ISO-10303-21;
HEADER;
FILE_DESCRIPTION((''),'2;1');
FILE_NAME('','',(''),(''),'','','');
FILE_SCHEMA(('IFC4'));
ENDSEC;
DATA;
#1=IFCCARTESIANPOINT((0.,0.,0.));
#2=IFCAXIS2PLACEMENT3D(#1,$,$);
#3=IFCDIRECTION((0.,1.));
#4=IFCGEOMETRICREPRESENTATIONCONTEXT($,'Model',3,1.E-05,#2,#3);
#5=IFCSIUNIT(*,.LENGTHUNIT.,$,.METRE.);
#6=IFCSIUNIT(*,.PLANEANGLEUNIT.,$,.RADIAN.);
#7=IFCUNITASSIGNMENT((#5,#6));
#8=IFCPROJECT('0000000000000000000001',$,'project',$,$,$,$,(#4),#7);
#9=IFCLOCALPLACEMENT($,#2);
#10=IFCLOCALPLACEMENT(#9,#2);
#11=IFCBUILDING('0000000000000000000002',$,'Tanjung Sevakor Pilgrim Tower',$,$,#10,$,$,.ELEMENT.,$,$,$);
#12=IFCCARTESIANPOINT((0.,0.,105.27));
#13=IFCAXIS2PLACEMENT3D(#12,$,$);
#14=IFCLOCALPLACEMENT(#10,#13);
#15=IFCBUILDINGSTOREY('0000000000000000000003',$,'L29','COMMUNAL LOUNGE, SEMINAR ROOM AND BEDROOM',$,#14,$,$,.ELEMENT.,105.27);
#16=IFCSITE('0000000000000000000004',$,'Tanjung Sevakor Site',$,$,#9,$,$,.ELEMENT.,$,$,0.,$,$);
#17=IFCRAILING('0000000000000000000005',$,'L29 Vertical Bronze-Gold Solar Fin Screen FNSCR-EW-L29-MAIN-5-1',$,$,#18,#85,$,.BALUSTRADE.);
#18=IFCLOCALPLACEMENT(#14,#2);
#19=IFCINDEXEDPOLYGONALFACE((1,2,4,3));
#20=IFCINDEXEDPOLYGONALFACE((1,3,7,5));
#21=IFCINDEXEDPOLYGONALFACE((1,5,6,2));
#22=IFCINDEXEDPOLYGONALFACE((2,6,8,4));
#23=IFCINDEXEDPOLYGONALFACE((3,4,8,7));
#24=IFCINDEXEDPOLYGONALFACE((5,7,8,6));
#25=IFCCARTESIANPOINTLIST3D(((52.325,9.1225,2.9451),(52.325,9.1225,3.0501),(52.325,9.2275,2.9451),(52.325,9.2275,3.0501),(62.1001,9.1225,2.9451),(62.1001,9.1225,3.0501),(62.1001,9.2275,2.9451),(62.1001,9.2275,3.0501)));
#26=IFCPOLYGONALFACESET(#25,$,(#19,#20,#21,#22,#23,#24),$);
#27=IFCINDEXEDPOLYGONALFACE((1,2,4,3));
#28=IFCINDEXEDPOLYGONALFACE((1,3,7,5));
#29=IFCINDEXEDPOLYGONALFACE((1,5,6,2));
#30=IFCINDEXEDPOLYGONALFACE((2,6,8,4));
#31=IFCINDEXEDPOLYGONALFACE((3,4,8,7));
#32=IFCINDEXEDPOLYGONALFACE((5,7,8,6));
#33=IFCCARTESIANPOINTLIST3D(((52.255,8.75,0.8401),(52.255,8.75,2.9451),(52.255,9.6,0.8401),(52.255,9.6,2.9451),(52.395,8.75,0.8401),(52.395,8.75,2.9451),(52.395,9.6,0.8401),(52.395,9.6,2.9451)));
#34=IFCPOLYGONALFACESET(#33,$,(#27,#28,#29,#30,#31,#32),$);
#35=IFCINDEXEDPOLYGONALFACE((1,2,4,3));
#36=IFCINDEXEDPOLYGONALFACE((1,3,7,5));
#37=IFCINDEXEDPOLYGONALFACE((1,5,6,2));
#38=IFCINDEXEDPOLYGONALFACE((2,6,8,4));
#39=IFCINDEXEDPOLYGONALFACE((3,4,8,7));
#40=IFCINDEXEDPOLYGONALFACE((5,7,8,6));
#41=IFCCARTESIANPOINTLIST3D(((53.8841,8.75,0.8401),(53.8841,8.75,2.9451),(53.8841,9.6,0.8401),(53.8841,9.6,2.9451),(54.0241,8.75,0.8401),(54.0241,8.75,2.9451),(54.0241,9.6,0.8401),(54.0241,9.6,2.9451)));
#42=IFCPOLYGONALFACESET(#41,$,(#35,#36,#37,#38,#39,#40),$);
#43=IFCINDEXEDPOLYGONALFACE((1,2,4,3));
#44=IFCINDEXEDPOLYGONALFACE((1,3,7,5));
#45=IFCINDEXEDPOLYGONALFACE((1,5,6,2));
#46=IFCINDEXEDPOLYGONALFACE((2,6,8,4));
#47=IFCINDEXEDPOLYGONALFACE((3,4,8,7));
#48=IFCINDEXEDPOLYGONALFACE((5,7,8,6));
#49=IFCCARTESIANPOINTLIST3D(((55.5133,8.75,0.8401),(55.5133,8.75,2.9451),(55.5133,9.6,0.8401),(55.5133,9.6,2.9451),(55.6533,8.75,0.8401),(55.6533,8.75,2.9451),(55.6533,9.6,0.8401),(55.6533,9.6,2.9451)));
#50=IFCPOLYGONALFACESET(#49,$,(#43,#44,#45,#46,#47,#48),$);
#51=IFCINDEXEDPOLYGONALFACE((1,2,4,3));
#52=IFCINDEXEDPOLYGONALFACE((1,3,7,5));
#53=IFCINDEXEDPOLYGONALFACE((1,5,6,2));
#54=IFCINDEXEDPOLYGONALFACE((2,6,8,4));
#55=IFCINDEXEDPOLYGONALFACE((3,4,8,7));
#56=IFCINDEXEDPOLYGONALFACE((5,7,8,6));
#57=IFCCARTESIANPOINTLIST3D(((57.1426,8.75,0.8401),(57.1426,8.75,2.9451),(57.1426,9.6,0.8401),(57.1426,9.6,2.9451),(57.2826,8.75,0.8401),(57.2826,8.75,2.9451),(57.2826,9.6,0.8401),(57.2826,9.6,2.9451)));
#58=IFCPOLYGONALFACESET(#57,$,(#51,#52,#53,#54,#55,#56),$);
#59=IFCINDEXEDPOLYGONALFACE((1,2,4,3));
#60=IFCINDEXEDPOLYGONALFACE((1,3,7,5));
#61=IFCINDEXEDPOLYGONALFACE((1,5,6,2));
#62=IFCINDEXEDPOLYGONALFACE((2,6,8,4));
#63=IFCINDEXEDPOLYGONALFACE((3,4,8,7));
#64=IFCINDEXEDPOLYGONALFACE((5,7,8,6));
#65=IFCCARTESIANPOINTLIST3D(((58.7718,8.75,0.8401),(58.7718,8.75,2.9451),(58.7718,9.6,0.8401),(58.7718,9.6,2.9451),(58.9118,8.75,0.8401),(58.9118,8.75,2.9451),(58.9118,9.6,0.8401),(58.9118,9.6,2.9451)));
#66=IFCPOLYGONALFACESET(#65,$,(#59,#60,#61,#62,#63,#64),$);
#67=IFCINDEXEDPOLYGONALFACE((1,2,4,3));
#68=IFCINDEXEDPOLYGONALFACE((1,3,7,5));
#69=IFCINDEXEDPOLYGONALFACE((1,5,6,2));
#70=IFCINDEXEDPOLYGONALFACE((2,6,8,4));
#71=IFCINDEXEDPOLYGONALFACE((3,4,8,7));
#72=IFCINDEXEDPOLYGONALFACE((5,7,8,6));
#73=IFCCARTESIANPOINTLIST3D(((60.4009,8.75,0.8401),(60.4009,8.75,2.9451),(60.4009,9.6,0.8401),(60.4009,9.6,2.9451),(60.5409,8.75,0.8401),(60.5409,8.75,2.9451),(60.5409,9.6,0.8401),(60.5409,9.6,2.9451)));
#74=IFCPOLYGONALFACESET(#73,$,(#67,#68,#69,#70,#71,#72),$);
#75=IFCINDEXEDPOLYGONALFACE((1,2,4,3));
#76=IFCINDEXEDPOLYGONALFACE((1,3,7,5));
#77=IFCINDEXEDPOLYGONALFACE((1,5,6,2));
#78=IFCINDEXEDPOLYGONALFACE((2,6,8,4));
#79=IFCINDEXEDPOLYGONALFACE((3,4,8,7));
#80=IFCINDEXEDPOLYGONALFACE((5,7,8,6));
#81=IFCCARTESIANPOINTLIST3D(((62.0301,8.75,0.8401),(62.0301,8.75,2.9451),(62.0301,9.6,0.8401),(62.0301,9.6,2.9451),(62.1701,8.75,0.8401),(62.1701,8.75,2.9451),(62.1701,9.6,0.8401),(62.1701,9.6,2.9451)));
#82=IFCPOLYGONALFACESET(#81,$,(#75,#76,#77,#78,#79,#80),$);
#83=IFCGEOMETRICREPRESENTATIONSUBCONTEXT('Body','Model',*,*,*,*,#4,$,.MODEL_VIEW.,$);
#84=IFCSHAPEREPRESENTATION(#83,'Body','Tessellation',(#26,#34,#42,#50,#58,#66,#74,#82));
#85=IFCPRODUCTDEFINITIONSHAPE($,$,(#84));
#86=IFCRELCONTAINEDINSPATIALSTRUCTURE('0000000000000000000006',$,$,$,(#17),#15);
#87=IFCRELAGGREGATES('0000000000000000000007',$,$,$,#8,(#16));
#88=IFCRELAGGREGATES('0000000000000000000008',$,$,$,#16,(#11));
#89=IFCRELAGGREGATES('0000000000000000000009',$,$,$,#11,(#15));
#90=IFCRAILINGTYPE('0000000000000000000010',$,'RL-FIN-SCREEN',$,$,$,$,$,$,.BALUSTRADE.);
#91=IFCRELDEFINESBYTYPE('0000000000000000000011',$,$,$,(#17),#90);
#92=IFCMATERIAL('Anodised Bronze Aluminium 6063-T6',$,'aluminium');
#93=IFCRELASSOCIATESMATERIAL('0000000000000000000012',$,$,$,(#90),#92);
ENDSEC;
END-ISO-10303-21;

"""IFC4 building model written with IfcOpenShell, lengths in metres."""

from ifc_helpers import new_model, si_unit, direction, frame, origin, place, context, subcontext, project, spatial, rectangle, extrude, material, type_object, element, save


model = new_model("IFC4")

# Units and contexts
model_context = context("Model", 3, precision=1e-05, world=origin(), true_north=direction((0.0, 1.0)))
body_context = subcontext(model_context, "Body", "Model", "MODEL_VIEW")
ifc_project = project(units=[si_unit("LENGTHUNIT", "METRE"), si_unit("PLANEANGLEUNIT", "RADIAN")], contexts=[model_context])

# Site, building, storey
site_placement = place(None, origin())
site = spatial("IfcSite", under=ifc_project, at=site_placement, Name="Tanjung Sevakor Site", CompositionType="ELEMENT", RefElevation=0.0)
building_placement = place(site_placement, origin())
building = spatial("IfcBuilding", under=site, at=building_placement, Name="Tanjung Sevakor Pilgrim Tower", CompositionType="ELEMENT")
storey_placement = place(building_placement, frame((0.0, 0.0, 105.27)))
storey = spatial("IfcBuildingStorey", under=building, at=storey_placement, Name="L29", Description="COMMUNAL LOUNGE, SEMINAR ROOM AND BEDROOM", CompositionType="ELEMENT", Elevation=105.27)

# Railing
ifc_material_1 = material(Name="Anodised Bronze Aluminium 6063-T6", Category="aluminium")
railing_type_1 = type_object("IfcRailingType", Name="RL-FIN-SCREEN", PredefinedType="BALUSTRADE", material=ifc_material_1)
railing_1_placement = place(storey_placement, frame((52.325, 9.175, 0.8401)))
element("IfcRailing", 1, at=railing_1_placement, inside=storey, type_object=railing_type_1, Name="L29 Vertical Bronze-Gold Solar Fin Screen FNSCR-EW-L29-MAIN-5-1", PredefinedType="BALUSTRADE", context=body_context, shape_type="SweptSolid", body=[
    extrude(rectangle(XDim=0.105, YDim=0.105), frame((0.0, 0.0, 2.1575), z_axis=(1.0, 0.0, 0.0), x_axis=(0.0, 1.0, 0.0)), (0.0, 0.0, 1.0), 9.7751),
    extrude(rectangle(XDim=0.14, YDim=0.85), origin(), (0.0, 0.0, 1.0), 2.105),
    extrude(rectangle(XDim=0.14, YDim=0.85), frame((1.6292, 0.0, 0.0)), (0.0, 0.0, 1.0), 2.105),
    extrude(rectangle(XDim=0.14, YDim=0.85), frame((3.2583, 0.0, 0.0)), (0.0, 0.0, 1.0), 2.105),
    extrude(rectangle(XDim=0.14, YDim=0.85), frame((4.8877, 0.0, 0.0)), (0.0, 0.0, 1.0), 2.105),
    extrude(rectangle(XDim=0.14, YDim=0.85), frame((6.5168, 0.0, 0.0)), (0.0, 0.0, 1.0), 2.105),
    extrude(rectangle(XDim=0.14, YDim=0.85), frame((8.146, 0.0, 0.0)), (0.0, 0.0, 1.0), 2.105),
    extrude(rectangle(XDim=0.14, YDim=0.85), frame((9.7751, 0.0, 0.0)), (0.0, 0.0, 1.0), 2.105),
])

save(model, "model.ifc")
